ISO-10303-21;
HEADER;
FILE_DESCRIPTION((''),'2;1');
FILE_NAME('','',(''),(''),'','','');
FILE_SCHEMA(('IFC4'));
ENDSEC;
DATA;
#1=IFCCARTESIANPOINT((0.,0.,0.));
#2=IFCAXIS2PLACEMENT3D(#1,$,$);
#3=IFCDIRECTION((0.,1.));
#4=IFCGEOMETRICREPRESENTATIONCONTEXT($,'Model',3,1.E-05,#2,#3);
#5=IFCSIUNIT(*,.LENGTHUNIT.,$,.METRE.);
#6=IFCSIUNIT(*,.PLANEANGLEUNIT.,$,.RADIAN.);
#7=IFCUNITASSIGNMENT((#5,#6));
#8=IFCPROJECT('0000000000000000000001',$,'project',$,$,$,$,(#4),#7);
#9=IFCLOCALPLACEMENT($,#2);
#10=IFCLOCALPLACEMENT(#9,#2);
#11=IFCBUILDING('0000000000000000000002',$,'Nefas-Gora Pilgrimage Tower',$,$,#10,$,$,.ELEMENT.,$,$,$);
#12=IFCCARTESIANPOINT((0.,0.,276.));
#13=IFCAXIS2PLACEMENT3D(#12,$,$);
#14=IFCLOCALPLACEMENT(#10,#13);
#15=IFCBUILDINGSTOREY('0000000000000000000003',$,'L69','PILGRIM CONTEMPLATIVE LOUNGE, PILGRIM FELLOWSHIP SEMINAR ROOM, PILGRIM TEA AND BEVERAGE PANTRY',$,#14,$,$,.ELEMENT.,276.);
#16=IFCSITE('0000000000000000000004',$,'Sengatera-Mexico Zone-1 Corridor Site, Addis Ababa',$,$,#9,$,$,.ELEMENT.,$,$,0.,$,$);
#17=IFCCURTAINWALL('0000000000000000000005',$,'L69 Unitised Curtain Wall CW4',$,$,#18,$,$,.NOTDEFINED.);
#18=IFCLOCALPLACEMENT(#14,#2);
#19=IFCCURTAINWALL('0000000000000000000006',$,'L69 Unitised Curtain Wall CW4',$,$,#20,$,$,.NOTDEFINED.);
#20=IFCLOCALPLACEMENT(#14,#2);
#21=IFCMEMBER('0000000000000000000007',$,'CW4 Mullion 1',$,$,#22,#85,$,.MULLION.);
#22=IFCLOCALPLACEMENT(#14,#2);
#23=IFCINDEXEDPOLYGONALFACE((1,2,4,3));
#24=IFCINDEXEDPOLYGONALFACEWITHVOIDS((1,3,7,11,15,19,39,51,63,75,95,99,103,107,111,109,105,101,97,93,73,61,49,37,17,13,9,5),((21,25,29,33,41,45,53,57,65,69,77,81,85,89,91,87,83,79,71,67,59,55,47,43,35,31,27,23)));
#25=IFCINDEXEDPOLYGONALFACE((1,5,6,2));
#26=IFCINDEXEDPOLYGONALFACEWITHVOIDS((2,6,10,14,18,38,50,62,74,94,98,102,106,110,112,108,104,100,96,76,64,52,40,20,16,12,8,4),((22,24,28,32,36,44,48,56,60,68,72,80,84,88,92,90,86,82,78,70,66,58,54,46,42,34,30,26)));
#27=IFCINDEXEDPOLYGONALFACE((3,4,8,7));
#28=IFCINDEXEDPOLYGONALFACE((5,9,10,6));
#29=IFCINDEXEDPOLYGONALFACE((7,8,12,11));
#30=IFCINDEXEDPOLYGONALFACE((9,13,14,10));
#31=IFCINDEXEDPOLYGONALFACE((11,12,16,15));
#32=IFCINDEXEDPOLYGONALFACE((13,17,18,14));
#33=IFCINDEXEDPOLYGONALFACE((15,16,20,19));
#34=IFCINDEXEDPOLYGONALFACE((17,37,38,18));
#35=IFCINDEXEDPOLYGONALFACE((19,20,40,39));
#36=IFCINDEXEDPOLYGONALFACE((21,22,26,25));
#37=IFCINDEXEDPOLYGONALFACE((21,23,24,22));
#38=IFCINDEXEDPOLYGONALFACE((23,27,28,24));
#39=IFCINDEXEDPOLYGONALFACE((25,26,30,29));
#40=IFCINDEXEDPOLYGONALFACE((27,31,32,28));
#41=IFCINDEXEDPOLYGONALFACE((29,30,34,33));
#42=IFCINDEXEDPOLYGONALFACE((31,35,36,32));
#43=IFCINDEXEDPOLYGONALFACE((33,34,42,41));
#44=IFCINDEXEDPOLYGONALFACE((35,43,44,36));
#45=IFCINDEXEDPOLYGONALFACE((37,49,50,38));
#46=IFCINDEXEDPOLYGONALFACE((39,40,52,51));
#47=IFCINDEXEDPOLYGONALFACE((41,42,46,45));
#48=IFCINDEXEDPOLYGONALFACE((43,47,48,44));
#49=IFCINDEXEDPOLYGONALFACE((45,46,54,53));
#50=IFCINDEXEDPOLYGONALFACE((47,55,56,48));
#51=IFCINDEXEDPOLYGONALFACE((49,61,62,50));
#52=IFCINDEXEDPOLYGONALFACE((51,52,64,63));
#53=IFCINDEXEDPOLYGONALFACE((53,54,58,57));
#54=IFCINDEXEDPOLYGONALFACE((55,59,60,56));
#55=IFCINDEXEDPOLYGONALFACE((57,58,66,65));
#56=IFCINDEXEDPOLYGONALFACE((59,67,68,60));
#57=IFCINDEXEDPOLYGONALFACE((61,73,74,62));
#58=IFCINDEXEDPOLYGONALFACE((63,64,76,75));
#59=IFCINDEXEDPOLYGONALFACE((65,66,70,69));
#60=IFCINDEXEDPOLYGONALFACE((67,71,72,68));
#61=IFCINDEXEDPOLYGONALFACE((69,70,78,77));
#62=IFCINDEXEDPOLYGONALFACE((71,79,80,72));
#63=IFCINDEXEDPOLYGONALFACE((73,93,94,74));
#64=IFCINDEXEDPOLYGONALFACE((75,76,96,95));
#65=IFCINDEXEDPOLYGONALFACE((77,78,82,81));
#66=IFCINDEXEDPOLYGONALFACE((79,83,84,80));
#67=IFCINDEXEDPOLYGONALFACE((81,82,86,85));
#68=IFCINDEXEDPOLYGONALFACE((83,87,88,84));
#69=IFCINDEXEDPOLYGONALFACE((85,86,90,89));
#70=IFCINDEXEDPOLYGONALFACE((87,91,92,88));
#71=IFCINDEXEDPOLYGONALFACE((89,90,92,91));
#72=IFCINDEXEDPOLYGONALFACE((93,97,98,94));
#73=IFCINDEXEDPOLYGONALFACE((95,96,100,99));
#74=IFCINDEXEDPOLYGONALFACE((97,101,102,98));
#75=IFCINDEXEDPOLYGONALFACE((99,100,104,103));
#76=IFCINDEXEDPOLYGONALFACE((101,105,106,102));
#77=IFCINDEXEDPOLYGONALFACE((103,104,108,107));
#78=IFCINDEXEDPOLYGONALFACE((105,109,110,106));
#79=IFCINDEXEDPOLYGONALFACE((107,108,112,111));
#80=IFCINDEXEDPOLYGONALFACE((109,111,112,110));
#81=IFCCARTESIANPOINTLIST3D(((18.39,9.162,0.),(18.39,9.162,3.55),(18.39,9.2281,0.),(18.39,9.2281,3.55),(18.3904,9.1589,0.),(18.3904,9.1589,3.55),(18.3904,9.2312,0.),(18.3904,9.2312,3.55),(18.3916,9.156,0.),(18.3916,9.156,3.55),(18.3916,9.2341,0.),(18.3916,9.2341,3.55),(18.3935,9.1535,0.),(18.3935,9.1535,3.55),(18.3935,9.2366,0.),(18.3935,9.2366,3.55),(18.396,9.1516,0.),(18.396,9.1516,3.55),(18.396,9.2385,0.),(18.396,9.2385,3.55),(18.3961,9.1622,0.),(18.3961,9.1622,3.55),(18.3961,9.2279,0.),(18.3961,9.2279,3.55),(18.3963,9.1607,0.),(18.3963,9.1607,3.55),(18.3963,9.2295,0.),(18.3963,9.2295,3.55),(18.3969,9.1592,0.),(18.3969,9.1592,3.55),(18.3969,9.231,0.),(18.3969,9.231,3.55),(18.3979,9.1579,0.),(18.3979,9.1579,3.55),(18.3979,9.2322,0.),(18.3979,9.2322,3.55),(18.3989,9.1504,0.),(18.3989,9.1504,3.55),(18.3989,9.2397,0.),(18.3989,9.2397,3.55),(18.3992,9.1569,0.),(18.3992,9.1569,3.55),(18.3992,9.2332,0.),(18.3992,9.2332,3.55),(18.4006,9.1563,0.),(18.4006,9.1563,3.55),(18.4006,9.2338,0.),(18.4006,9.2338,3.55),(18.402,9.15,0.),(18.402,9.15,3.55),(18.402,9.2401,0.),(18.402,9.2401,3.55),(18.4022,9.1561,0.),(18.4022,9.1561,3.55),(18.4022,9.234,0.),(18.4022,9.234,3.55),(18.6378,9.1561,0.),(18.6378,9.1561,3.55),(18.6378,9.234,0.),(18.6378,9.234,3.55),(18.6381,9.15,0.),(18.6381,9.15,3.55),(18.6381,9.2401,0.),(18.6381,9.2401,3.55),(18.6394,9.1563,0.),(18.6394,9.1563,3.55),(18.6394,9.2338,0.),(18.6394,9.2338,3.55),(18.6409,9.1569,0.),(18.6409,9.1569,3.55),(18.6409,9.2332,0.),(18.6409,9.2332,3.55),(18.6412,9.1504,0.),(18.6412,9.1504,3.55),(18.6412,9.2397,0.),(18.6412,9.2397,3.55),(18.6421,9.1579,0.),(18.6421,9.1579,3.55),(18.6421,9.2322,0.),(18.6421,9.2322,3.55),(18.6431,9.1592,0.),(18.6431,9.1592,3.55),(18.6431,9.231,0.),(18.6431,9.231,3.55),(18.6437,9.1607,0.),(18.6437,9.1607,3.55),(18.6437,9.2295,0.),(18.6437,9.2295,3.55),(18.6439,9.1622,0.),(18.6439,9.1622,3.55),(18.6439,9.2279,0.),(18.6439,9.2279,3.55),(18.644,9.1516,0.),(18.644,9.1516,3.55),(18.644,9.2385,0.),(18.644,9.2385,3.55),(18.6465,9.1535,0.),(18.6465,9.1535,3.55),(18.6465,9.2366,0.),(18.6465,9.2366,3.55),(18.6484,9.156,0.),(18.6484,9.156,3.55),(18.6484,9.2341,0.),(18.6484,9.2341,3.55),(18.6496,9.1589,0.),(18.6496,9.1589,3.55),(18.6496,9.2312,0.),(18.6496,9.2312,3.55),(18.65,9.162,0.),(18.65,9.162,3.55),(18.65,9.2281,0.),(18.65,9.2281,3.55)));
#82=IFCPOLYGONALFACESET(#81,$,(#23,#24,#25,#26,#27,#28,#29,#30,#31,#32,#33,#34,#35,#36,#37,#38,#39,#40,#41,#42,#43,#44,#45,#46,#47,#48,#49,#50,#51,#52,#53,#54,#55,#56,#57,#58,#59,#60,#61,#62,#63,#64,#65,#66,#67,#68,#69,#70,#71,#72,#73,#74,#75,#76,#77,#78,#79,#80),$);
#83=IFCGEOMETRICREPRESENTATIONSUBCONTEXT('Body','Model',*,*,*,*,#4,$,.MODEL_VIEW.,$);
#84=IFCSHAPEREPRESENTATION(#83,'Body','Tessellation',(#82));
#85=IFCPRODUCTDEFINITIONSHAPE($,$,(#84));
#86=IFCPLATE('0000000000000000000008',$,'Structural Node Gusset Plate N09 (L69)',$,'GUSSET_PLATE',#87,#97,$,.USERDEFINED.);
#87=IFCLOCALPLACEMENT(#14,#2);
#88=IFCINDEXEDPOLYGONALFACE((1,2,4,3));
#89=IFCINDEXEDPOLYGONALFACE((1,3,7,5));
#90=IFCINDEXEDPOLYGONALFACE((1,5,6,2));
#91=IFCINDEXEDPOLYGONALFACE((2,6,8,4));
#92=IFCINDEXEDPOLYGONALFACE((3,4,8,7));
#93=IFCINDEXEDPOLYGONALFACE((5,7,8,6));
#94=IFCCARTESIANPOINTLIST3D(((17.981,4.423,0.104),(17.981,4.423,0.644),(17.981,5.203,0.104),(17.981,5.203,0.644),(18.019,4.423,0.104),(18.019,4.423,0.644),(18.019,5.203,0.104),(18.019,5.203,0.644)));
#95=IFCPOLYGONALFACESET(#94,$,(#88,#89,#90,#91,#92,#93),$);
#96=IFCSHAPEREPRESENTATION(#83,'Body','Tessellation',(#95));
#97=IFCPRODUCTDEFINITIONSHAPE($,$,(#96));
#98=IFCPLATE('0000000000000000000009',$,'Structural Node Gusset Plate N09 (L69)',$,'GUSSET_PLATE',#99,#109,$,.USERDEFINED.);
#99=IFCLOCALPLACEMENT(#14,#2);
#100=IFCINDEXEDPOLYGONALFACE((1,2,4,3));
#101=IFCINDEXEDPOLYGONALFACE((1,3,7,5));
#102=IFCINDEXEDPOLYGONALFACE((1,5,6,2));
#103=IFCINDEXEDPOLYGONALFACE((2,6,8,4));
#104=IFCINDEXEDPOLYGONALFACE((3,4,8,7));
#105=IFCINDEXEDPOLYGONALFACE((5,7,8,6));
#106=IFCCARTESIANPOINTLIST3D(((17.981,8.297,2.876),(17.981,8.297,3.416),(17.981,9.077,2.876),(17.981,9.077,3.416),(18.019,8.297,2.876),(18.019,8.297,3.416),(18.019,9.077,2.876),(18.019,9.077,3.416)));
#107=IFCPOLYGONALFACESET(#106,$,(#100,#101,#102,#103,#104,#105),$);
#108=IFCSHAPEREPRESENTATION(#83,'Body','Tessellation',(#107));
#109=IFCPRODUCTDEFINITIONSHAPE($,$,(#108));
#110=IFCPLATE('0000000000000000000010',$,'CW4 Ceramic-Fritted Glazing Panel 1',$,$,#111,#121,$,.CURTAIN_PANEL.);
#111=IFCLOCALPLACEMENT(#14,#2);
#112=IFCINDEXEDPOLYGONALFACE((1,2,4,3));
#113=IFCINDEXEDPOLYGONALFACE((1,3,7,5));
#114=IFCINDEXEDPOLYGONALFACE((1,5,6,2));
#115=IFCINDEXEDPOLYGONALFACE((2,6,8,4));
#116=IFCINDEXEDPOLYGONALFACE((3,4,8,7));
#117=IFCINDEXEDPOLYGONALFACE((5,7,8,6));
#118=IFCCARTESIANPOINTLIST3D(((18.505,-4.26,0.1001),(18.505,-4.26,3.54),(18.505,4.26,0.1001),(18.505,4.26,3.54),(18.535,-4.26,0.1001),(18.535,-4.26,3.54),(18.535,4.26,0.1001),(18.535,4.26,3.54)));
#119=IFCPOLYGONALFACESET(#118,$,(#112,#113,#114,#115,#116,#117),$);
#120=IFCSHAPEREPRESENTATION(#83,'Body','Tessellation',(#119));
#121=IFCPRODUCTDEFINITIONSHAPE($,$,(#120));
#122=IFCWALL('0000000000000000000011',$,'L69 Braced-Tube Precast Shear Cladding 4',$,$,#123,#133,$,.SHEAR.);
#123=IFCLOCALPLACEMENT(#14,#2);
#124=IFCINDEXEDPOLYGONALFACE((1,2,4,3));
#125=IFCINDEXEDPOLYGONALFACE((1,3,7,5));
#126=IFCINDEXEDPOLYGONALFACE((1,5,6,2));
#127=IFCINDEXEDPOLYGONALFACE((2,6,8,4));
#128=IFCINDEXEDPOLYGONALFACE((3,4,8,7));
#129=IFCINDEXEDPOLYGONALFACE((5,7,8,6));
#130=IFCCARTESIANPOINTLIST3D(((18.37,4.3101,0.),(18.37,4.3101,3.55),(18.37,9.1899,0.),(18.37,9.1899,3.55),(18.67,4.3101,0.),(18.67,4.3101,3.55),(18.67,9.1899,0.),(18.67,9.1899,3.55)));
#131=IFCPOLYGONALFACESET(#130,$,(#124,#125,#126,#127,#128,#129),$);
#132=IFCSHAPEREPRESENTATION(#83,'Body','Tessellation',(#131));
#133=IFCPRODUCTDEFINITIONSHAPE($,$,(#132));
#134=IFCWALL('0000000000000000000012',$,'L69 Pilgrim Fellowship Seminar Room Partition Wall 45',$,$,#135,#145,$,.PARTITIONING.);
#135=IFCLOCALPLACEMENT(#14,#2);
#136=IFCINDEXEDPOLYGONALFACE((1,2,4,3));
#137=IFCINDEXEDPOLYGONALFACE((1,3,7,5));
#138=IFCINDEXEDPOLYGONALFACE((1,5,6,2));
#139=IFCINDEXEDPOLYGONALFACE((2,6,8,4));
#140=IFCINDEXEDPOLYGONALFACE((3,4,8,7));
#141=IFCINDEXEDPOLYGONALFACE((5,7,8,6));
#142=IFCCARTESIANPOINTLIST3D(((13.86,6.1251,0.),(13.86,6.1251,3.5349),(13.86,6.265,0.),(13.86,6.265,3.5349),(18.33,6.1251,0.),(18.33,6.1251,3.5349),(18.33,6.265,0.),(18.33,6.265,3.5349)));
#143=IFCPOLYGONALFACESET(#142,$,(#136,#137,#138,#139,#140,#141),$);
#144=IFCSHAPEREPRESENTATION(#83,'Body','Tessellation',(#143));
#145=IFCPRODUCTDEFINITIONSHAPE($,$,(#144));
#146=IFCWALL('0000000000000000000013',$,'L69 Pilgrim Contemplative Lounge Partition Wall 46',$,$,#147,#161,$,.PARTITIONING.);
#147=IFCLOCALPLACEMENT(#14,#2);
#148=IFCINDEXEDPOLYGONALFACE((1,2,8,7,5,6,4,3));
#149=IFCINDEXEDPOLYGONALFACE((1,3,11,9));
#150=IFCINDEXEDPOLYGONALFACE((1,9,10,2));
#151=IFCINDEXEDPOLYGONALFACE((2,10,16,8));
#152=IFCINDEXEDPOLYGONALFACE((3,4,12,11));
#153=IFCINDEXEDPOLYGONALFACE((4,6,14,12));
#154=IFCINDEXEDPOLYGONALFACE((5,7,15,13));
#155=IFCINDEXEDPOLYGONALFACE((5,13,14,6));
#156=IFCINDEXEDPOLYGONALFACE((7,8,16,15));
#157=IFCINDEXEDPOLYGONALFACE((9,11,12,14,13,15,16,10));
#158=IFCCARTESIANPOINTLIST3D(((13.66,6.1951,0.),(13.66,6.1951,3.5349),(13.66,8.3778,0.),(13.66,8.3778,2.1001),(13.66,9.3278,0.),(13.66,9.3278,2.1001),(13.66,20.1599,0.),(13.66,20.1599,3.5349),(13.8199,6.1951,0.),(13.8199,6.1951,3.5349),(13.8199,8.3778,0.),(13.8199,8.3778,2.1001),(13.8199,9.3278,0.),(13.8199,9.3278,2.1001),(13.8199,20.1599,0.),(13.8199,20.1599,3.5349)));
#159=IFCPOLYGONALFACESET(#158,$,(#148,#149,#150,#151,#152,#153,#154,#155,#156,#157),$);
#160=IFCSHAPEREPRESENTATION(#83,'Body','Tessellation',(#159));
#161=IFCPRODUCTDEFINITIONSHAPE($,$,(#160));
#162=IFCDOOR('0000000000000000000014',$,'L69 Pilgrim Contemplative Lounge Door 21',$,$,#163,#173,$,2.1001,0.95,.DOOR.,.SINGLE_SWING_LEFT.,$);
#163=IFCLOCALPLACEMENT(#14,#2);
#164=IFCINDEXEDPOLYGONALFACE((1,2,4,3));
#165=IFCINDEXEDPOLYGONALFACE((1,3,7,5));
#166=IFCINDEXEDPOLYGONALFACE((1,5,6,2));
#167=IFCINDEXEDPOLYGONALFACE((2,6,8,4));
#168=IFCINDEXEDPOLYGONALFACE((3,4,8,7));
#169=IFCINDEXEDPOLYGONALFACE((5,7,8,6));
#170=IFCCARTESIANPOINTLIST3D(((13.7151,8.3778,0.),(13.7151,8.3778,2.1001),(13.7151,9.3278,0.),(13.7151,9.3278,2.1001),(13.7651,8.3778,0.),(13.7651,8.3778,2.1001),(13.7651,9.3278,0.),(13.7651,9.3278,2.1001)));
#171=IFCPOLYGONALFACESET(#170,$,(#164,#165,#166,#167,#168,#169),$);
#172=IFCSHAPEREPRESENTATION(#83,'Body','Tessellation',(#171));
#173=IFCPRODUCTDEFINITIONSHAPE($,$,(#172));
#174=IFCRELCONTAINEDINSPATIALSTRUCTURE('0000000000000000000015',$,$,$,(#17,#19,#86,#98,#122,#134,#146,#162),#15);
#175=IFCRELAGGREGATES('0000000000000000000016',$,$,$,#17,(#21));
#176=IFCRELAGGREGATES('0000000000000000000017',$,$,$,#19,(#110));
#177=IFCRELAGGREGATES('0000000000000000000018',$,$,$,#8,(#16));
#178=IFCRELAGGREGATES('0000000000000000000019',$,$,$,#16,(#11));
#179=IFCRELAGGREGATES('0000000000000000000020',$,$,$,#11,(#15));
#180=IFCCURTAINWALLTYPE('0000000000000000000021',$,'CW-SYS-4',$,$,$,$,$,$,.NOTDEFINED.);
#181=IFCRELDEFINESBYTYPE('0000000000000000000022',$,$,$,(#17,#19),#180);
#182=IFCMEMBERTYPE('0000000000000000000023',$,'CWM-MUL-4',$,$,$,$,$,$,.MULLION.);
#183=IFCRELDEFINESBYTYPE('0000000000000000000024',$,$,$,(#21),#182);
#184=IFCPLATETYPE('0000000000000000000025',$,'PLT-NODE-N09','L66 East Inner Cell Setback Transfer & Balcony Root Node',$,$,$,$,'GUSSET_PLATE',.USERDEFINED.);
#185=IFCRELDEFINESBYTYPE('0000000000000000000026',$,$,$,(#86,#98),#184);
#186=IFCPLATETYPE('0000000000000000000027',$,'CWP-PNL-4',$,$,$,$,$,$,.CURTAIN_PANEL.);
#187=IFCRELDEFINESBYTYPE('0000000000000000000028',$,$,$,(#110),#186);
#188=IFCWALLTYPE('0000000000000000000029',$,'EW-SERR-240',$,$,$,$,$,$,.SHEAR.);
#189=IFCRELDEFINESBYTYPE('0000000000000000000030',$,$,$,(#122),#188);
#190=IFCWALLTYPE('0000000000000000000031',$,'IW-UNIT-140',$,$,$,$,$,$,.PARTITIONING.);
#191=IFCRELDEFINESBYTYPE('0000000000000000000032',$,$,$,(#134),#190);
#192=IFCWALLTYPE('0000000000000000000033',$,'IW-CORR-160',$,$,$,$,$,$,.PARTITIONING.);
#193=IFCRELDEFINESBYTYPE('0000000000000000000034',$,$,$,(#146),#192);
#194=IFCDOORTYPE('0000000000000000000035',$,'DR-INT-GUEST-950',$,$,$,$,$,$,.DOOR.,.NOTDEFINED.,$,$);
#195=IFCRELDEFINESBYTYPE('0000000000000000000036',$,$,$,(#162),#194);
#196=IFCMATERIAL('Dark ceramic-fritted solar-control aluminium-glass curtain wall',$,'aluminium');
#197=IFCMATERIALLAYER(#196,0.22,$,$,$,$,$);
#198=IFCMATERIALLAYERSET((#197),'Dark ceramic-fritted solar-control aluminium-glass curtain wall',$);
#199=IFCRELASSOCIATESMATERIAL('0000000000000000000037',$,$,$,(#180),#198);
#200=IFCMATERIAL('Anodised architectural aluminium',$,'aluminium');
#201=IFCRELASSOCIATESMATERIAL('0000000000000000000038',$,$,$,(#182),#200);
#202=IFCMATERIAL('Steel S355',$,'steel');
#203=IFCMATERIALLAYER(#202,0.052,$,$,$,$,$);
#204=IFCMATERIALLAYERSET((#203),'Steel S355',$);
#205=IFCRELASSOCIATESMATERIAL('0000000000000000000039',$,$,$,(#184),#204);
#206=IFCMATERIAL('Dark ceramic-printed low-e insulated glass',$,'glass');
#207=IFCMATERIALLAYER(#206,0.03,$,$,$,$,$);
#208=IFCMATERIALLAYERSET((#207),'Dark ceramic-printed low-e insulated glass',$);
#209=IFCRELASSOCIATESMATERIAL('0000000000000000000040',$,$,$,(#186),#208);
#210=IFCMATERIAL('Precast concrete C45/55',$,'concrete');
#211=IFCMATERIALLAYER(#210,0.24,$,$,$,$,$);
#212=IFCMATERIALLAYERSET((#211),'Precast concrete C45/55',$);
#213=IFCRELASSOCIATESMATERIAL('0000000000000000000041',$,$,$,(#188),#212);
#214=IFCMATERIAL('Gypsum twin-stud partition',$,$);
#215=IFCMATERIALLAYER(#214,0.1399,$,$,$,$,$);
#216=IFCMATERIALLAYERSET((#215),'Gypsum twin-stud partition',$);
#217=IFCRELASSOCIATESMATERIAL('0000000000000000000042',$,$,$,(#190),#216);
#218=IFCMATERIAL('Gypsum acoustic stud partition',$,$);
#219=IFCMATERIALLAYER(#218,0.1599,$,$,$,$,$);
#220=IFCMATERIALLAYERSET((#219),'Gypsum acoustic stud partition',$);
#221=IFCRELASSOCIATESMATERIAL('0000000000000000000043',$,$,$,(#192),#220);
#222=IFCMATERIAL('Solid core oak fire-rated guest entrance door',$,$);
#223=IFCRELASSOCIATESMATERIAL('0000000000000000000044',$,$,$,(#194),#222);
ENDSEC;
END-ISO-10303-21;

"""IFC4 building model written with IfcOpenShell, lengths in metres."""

from ifc_helpers import new_model, si_unit, direction, frame, frame_2d, origin, origin_2d, place, context, subcontext, project, spatial, rectangle, hollow_rectangle, extrude, source, transform, mapped, material, layer, layer_set, material_profile, profile_set, type_object, element, fill, aggregate, save


model = new_model("IFC4")

# Units and contexts
model_context = context("Model", 3, precision=1e-05, world=origin(), true_north=direction((0.0, 1.0)))
body_context = subcontext(model_context, "Body", "Model", "MODEL_VIEW")
ifc_project = project(units=[si_unit("LENGTHUNIT", "METRE"), si_unit("PLANEANGLEUNIT", "RADIAN")], contexts=[model_context])

# Site, building, storey
site_placement = place(None, origin())
site = spatial("IfcSite", under=ifc_project, at=site_placement, Name="Sengatera-Mexico Zone-1 Corridor Site, Addis Ababa", CompositionType="ELEMENT", RefElevation=0.0)
building_placement = place(site_placement, origin())
building = spatial("IfcBuilding", under=site, at=building_placement, Name="Nefas-Gora Pilgrimage Tower", CompositionType="ELEMENT")
storey_placement = place(building_placement, frame((0.0, 0.0, 276.0)))
storey = spatial("IfcBuildingStorey", under=building, at=storey_placement, Name="L69", Description="PILGRIM CONTEMPLATIVE LOUNGE, PILGRIM FELLOWSHIP SEMINAR ROOM, PILGRIM TEA AND BEVERAGE PANTRY", CompositionType="ELEMENT", Elevation=276.0)

# Shared definitions
ifc_material_1 = material(Name="Steel S355", Category="steel")

# Curtain walls
ifc_material_2 = material(Name="Dark ceramic-fritted solar-control aluminium-glass curtain wall", Category="aluminium")
ifc_layer_1 = layer(ifc_material_2, 0.22)
ifc_layer_set_1 = layer_set([ifc_layer_1], Name="Dark ceramic-fritted solar-control aluminium-glass curtain wall")
curtain_wall_type = type_object("IfcCurtainWallType", Name="CW-SYS-4", PredefinedType="NOTDEFINED", material=ifc_layer_set_1)
curtain_wall_1_placement = place(storey_placement, origin())
curtain_wall_1 = element("IfcCurtainWall", 1, at=curtain_wall_1_placement, inside=storey, type_object=curtain_wall_type, Name="L69 Unitised Curtain Wall CW4", PredefinedType="NOTDEFINED")
ifc_material_3 = material(Name="Anodised architectural aluminium", Category="aluminium")
curtain_wall_2_placement = place(storey_placement, origin())
curtain_wall_2 = element("IfcCurtainWall", 2, at=curtain_wall_2_placement, inside=storey, type_object=curtain_wall_type, Name="L69 Unitised Curtain Wall CW4", PredefinedType="NOTDEFINED")
ifc_material_profile_1 = material_profile(ifc_material_3, hollow_rectangle(XDim=0.0901, YDim=0.26, WallThickness=0.0061, InnerFilletRadius=0.0061, OuterFilletRadius=0.012, at=origin_2d()), Name="ALU MULLION 90x260")
ifc_profile_set_1 = profile_set([ifc_material_profile_1], Name="Anodised architectural aluminium")
member_type_1 = type_object("IfcMemberType", Name="CWM-MUL-4", PredefinedType="MULLION", material=ifc_profile_set_1)
shared_shape_1 = source(origin(), body_context, "Body", "SweptSolid", [
    extrude(hollow_rectangle(XDim=0.0901, YDim=0.26, WallThickness=0.0061, InnerFilletRadius=0.0061, OuterFilletRadius=0.012, at=origin_2d()), origin(), (0.0, 0.0, 1.0), 3.55),
])

# Member
member_1_placement = place(storey_placement, frame((18.52, 9.1951, 0.0), z_axis=(0.0, 0.0, 1.0), x_axis=(0.0, 1.0, 0.0)))
member_1 = element("IfcMember", 3, at=member_1_placement, type_object=member_type_1, Name="CW4 Mullion 1", PredefinedType="MULLION", context=body_context, shape_type="MappedRepresentation", body=[
    mapped(shared_shape_1, transform((0.0, 0.0, 0.0), x_axis=(1.0, 0.0, 0.0), y_axis=(0.0, 1.0, 0.0), z_axis=(0.0, 0.0, 1.0), scale=1.0)),
])
aggregate(curtain_wall_1, [member_1])

# Plates
ifc_layer_2 = layer(ifc_material_1, 0.052)
ifc_layer_set_2 = layer_set([ifc_layer_2], Name="Steel S355")
plate_type_1 = type_object("IfcPlateType", Name="PLT-NODE-N09", Description="L66 East Inner Cell Setback Transfer & Balcony Root Node", ElementType="GUSSET_PLATE", PredefinedType="USERDEFINED", material=ifc_layer_set_2)
shared_shape_2 = source(origin(), body_context, "Body", "SweptSolid", [
    extrude(rectangle(XDim=0.78, YDim=0.0381, at=origin_2d()), origin(), (0.0, 0.0, 1.0), 0.54),
])
for number, where, z_axis, x_axis, name in (
    (4, (18.0, 4.813, 0.104), (0.0, 0.0, 1.0), (0.0, 1.0, 0.0), "Structural Node Gusset Plate N09 (L69)"),
    (5, (18.0, 8.687, 2.876), (0.0, 0.0, 1.0), (0.0, 1.0, 0.0), "Structural Node Gusset Plate N09 (L69)"),
):
    element("IfcPlate", number, at=place(storey_placement, frame(where, z_axis=z_axis, x_axis=x_axis)), inside=storey, type_object=plate_type_1, Name=name, ObjectType="GUSSET_PLATE", PredefinedType="USERDEFINED", context=body_context, shape_type="MappedRepresentation", body=[
        mapped(shared_shape_2, transform((0.0, 0.0, 0.0), x_axis=(1.0, 0.0, 0.0), y_axis=(0.0, 1.0, 0.0), z_axis=(0.0, 0.0, 1.0), scale=1.0)),
    ])

# Plate
ifc_material_4 = material(Name="Dark ceramic-printed low-e insulated glass", Category="glass")
ifc_layer_3 = layer(ifc_material_4, 0.03)
ifc_layer_set_3 = layer_set([ifc_layer_3], Name="Dark ceramic-printed low-e insulated glass")
plate_type_2 = type_object("IfcPlateType", Name="CWP-PNL-4", PredefinedType="CURTAIN_PANEL", material=ifc_layer_set_3)
shared_shape_3 = source(origin(), body_context, "Body", "SweptSolid", [
    extrude(rectangle(XDim=8.52, YDim=0.03, at=origin_2d()), origin(), (0.0, 0.0, 1.0), 3.4399),
])
plate_placement = place(storey_placement, frame((18.52, 0.0, 0.1001), z_axis=(0.0, 0.0, 1.0), x_axis=(0.0, 1.0, 0.0)))
plate = element("IfcPlate", 6, at=plate_placement, type_object=plate_type_2, Name="CW4 Ceramic-Fritted Glazing Panel 1", PredefinedType="CURTAIN_PANEL", context=body_context, shape_type="MappedRepresentation", body=[
    mapped(shared_shape_3, transform((0.0, 0.0, 0.0), x_axis=(1.0, 0.0, 0.0), y_axis=(0.0, 1.0, 0.0), z_axis=(0.0, 0.0, 1.0), scale=1.0)),
])
aggregate(curtain_wall_2, [plate])

# Walls
ifc_material_5 = material(Name="Precast concrete C45/55", Category="concrete")
ifc_layer_4 = layer(ifc_material_5, 0.24)
ifc_layer_set_4 = layer_set([ifc_layer_4], Name="Precast concrete C45/55")
wall_type_1 = type_object("IfcWallType", Name="EW-SERR-240", PredefinedType="SHEAR", material=ifc_layer_set_4)
shared_shape_4 = source(origin(), body_context, "Body", "SweptSolid", [
    extrude(rectangle(XDim=4.8799, YDim=0.3, at=frame_2d((2.4399, 0.0))), origin(), (0.0, 0.0, 1.0), 3.55),
])
wall_1_placement = place(storey_placement, frame((18.52, 4.3101, 0.0), z_axis=(0.0, 0.0, 1.0), x_axis=(0.0, 1.0, 0.0)))
element("IfcWall", 7, at=wall_1_placement, inside=storey, type_object=wall_type_1, Name="L69 Braced-Tube Precast Shear Cladding 4", PredefinedType="SHEAR", context=body_context, shape_type="MappedRepresentation", body=[
    mapped(shared_shape_4, transform((0.0, 0.0, 0.0), x_axis=(1.0, 0.0, 0.0), y_axis=(0.0, 1.0, 0.0), z_axis=(0.0, 0.0, 1.0), scale=1.0)),
])
ifc_material_6 = material(Name="Gypsum twin-stud partition")
ifc_layer_5 = layer(ifc_material_6, 0.1399)
ifc_layer_set_5 = layer_set([ifc_layer_5], Name="Gypsum twin-stud partition")
wall_type_2 = type_object("IfcWallType", Name="IW-UNIT-140", PredefinedType="PARTITIONING", material=ifc_layer_set_5)
shared_shape_5 = source(origin(), body_context, "Body", "SweptSolid", [
    extrude(rectangle(XDim=4.47, YDim=0.1399, at=frame_2d((2.2349, 0.0))), origin(), (0.0, 0.0, 1.0), 3.5349),
])
wall_2_placement = place(storey_placement, frame((13.8601, 6.1951, 0.0), z_axis=(0.0, 0.0, 1.0), x_axis=(1.0, 0.0, 0.0)))
element("IfcWall", 8, at=wall_2_placement, inside=storey, type_object=wall_type_2, Name="L69 Pilgrim Fellowship Seminar Room Partition Wall 45", PredefinedType="PARTITIONING", context=body_context, shape_type="MappedRepresentation", body=[
    mapped(shared_shape_5, transform((0.0, 0.0, 0.0), x_axis=(1.0, 0.0, 0.0), y_axis=(0.0, 1.0, 0.0), z_axis=(0.0, 0.0, 1.0), scale=1.0)),
])

# Wall, opening, door
ifc_material_7 = material(Name="Gypsum acoustic stud partition")
ifc_layer_6 = layer(ifc_material_7, 0.1599)
ifc_layer_set_6 = layer_set([ifc_layer_6], Name="Gypsum acoustic stud partition")
wall_type_3 = type_object("IfcWallType", Name="IW-CORR-160", PredefinedType="PARTITIONING", material=ifc_layer_set_6)
shared_shape_6 = source(origin(), body_context, "Body", "SweptSolid", [
    extrude(rectangle(XDim=13.9648, YDim=0.1599, at=frame_2d((6.9824, 0.0))), origin(), (0.0, 0.0, 1.0), 3.5349),
])
wall_3_placement = place(storey_placement, frame((13.74, 6.1951, 0.0), z_axis=(0.0, 0.0, 1.0), x_axis=(0.0, 1.0, 0.0)))
wall_3 = element("IfcWall", 9, at=wall_3_placement, inside=storey, type_object=wall_type_3, Name="L69 Pilgrim Contemplative Lounge Partition Wall 46", PredefinedType="PARTITIONING", context=body_context, shape_type="MappedRepresentation", body=[
    mapped(shared_shape_6, transform((0.0, 0.0, 0.0), x_axis=(1.0, 0.0, 0.0), y_axis=(0.0, 1.0, 0.0), z_axis=(0.0, 0.0, 1.0), scale=1.0)),
])
opening_placement = place(wall_3_placement, frame((2.1826, 0.0, 0.0)))
opening = element("IfcOpeningElement", 10, at=opening_placement, cuts=wall_3, PredefinedType="OPENING", context=body_context, shape_type="SweptSolid", body=[
    extrude(rectangle(XDim=0.95, YDim=2.1001, at=frame_2d((0.4751, 1.05))), frame((0.0, 0.0898, 0.0), z_axis=(0.0, -1.0, 0.0), x_axis=(1.0, 0.0, 0.0)), (0.0, 0.0, 1.0), 0.1799),
])
ifc_material_8 = material(Name="Solid core oak fire-rated guest entrance door")
door_type = type_object("IfcDoorType", Name="DR-INT-GUEST-950", OperationType="NOTDEFINED", PredefinedType="DOOR", material=ifc_material_8)
shared_shape_7 = source(origin(), body_context, "Body", "SweptSolid", [
    extrude(rectangle(XDim=0.95, YDim=2.1001, at=frame_2d((0.4751, 1.05))), frame((0.0, 0.0249, 0.0), z_axis=(0.0, -1.0, 0.0), x_axis=(1.0, 0.0, 0.0)), (0.0, 0.0, 1.0), 0.05),
])
door_placement = place(opening_placement, origin())
door = element("IfcDoor", 11, at=door_placement, inside=storey, type_object=door_type, Name="L69 Pilgrim Contemplative Lounge Door 21", OperationType="SINGLE_SWING_LEFT", OverallHeight=2.1001, OverallWidth=0.95, PredefinedType="DOOR", context=body_context, shape_type="MappedRepresentation", body=[
    mapped(shared_shape_7, transform((0.0, 0.0, 0.0), x_axis=(1.0, 0.0, 0.0), y_axis=(0.0, 1.0, 0.0), z_axis=(0.0, 0.0, 1.0), scale=1.0)),
])
fill(opening, door)

save(model, "model.ifc")
